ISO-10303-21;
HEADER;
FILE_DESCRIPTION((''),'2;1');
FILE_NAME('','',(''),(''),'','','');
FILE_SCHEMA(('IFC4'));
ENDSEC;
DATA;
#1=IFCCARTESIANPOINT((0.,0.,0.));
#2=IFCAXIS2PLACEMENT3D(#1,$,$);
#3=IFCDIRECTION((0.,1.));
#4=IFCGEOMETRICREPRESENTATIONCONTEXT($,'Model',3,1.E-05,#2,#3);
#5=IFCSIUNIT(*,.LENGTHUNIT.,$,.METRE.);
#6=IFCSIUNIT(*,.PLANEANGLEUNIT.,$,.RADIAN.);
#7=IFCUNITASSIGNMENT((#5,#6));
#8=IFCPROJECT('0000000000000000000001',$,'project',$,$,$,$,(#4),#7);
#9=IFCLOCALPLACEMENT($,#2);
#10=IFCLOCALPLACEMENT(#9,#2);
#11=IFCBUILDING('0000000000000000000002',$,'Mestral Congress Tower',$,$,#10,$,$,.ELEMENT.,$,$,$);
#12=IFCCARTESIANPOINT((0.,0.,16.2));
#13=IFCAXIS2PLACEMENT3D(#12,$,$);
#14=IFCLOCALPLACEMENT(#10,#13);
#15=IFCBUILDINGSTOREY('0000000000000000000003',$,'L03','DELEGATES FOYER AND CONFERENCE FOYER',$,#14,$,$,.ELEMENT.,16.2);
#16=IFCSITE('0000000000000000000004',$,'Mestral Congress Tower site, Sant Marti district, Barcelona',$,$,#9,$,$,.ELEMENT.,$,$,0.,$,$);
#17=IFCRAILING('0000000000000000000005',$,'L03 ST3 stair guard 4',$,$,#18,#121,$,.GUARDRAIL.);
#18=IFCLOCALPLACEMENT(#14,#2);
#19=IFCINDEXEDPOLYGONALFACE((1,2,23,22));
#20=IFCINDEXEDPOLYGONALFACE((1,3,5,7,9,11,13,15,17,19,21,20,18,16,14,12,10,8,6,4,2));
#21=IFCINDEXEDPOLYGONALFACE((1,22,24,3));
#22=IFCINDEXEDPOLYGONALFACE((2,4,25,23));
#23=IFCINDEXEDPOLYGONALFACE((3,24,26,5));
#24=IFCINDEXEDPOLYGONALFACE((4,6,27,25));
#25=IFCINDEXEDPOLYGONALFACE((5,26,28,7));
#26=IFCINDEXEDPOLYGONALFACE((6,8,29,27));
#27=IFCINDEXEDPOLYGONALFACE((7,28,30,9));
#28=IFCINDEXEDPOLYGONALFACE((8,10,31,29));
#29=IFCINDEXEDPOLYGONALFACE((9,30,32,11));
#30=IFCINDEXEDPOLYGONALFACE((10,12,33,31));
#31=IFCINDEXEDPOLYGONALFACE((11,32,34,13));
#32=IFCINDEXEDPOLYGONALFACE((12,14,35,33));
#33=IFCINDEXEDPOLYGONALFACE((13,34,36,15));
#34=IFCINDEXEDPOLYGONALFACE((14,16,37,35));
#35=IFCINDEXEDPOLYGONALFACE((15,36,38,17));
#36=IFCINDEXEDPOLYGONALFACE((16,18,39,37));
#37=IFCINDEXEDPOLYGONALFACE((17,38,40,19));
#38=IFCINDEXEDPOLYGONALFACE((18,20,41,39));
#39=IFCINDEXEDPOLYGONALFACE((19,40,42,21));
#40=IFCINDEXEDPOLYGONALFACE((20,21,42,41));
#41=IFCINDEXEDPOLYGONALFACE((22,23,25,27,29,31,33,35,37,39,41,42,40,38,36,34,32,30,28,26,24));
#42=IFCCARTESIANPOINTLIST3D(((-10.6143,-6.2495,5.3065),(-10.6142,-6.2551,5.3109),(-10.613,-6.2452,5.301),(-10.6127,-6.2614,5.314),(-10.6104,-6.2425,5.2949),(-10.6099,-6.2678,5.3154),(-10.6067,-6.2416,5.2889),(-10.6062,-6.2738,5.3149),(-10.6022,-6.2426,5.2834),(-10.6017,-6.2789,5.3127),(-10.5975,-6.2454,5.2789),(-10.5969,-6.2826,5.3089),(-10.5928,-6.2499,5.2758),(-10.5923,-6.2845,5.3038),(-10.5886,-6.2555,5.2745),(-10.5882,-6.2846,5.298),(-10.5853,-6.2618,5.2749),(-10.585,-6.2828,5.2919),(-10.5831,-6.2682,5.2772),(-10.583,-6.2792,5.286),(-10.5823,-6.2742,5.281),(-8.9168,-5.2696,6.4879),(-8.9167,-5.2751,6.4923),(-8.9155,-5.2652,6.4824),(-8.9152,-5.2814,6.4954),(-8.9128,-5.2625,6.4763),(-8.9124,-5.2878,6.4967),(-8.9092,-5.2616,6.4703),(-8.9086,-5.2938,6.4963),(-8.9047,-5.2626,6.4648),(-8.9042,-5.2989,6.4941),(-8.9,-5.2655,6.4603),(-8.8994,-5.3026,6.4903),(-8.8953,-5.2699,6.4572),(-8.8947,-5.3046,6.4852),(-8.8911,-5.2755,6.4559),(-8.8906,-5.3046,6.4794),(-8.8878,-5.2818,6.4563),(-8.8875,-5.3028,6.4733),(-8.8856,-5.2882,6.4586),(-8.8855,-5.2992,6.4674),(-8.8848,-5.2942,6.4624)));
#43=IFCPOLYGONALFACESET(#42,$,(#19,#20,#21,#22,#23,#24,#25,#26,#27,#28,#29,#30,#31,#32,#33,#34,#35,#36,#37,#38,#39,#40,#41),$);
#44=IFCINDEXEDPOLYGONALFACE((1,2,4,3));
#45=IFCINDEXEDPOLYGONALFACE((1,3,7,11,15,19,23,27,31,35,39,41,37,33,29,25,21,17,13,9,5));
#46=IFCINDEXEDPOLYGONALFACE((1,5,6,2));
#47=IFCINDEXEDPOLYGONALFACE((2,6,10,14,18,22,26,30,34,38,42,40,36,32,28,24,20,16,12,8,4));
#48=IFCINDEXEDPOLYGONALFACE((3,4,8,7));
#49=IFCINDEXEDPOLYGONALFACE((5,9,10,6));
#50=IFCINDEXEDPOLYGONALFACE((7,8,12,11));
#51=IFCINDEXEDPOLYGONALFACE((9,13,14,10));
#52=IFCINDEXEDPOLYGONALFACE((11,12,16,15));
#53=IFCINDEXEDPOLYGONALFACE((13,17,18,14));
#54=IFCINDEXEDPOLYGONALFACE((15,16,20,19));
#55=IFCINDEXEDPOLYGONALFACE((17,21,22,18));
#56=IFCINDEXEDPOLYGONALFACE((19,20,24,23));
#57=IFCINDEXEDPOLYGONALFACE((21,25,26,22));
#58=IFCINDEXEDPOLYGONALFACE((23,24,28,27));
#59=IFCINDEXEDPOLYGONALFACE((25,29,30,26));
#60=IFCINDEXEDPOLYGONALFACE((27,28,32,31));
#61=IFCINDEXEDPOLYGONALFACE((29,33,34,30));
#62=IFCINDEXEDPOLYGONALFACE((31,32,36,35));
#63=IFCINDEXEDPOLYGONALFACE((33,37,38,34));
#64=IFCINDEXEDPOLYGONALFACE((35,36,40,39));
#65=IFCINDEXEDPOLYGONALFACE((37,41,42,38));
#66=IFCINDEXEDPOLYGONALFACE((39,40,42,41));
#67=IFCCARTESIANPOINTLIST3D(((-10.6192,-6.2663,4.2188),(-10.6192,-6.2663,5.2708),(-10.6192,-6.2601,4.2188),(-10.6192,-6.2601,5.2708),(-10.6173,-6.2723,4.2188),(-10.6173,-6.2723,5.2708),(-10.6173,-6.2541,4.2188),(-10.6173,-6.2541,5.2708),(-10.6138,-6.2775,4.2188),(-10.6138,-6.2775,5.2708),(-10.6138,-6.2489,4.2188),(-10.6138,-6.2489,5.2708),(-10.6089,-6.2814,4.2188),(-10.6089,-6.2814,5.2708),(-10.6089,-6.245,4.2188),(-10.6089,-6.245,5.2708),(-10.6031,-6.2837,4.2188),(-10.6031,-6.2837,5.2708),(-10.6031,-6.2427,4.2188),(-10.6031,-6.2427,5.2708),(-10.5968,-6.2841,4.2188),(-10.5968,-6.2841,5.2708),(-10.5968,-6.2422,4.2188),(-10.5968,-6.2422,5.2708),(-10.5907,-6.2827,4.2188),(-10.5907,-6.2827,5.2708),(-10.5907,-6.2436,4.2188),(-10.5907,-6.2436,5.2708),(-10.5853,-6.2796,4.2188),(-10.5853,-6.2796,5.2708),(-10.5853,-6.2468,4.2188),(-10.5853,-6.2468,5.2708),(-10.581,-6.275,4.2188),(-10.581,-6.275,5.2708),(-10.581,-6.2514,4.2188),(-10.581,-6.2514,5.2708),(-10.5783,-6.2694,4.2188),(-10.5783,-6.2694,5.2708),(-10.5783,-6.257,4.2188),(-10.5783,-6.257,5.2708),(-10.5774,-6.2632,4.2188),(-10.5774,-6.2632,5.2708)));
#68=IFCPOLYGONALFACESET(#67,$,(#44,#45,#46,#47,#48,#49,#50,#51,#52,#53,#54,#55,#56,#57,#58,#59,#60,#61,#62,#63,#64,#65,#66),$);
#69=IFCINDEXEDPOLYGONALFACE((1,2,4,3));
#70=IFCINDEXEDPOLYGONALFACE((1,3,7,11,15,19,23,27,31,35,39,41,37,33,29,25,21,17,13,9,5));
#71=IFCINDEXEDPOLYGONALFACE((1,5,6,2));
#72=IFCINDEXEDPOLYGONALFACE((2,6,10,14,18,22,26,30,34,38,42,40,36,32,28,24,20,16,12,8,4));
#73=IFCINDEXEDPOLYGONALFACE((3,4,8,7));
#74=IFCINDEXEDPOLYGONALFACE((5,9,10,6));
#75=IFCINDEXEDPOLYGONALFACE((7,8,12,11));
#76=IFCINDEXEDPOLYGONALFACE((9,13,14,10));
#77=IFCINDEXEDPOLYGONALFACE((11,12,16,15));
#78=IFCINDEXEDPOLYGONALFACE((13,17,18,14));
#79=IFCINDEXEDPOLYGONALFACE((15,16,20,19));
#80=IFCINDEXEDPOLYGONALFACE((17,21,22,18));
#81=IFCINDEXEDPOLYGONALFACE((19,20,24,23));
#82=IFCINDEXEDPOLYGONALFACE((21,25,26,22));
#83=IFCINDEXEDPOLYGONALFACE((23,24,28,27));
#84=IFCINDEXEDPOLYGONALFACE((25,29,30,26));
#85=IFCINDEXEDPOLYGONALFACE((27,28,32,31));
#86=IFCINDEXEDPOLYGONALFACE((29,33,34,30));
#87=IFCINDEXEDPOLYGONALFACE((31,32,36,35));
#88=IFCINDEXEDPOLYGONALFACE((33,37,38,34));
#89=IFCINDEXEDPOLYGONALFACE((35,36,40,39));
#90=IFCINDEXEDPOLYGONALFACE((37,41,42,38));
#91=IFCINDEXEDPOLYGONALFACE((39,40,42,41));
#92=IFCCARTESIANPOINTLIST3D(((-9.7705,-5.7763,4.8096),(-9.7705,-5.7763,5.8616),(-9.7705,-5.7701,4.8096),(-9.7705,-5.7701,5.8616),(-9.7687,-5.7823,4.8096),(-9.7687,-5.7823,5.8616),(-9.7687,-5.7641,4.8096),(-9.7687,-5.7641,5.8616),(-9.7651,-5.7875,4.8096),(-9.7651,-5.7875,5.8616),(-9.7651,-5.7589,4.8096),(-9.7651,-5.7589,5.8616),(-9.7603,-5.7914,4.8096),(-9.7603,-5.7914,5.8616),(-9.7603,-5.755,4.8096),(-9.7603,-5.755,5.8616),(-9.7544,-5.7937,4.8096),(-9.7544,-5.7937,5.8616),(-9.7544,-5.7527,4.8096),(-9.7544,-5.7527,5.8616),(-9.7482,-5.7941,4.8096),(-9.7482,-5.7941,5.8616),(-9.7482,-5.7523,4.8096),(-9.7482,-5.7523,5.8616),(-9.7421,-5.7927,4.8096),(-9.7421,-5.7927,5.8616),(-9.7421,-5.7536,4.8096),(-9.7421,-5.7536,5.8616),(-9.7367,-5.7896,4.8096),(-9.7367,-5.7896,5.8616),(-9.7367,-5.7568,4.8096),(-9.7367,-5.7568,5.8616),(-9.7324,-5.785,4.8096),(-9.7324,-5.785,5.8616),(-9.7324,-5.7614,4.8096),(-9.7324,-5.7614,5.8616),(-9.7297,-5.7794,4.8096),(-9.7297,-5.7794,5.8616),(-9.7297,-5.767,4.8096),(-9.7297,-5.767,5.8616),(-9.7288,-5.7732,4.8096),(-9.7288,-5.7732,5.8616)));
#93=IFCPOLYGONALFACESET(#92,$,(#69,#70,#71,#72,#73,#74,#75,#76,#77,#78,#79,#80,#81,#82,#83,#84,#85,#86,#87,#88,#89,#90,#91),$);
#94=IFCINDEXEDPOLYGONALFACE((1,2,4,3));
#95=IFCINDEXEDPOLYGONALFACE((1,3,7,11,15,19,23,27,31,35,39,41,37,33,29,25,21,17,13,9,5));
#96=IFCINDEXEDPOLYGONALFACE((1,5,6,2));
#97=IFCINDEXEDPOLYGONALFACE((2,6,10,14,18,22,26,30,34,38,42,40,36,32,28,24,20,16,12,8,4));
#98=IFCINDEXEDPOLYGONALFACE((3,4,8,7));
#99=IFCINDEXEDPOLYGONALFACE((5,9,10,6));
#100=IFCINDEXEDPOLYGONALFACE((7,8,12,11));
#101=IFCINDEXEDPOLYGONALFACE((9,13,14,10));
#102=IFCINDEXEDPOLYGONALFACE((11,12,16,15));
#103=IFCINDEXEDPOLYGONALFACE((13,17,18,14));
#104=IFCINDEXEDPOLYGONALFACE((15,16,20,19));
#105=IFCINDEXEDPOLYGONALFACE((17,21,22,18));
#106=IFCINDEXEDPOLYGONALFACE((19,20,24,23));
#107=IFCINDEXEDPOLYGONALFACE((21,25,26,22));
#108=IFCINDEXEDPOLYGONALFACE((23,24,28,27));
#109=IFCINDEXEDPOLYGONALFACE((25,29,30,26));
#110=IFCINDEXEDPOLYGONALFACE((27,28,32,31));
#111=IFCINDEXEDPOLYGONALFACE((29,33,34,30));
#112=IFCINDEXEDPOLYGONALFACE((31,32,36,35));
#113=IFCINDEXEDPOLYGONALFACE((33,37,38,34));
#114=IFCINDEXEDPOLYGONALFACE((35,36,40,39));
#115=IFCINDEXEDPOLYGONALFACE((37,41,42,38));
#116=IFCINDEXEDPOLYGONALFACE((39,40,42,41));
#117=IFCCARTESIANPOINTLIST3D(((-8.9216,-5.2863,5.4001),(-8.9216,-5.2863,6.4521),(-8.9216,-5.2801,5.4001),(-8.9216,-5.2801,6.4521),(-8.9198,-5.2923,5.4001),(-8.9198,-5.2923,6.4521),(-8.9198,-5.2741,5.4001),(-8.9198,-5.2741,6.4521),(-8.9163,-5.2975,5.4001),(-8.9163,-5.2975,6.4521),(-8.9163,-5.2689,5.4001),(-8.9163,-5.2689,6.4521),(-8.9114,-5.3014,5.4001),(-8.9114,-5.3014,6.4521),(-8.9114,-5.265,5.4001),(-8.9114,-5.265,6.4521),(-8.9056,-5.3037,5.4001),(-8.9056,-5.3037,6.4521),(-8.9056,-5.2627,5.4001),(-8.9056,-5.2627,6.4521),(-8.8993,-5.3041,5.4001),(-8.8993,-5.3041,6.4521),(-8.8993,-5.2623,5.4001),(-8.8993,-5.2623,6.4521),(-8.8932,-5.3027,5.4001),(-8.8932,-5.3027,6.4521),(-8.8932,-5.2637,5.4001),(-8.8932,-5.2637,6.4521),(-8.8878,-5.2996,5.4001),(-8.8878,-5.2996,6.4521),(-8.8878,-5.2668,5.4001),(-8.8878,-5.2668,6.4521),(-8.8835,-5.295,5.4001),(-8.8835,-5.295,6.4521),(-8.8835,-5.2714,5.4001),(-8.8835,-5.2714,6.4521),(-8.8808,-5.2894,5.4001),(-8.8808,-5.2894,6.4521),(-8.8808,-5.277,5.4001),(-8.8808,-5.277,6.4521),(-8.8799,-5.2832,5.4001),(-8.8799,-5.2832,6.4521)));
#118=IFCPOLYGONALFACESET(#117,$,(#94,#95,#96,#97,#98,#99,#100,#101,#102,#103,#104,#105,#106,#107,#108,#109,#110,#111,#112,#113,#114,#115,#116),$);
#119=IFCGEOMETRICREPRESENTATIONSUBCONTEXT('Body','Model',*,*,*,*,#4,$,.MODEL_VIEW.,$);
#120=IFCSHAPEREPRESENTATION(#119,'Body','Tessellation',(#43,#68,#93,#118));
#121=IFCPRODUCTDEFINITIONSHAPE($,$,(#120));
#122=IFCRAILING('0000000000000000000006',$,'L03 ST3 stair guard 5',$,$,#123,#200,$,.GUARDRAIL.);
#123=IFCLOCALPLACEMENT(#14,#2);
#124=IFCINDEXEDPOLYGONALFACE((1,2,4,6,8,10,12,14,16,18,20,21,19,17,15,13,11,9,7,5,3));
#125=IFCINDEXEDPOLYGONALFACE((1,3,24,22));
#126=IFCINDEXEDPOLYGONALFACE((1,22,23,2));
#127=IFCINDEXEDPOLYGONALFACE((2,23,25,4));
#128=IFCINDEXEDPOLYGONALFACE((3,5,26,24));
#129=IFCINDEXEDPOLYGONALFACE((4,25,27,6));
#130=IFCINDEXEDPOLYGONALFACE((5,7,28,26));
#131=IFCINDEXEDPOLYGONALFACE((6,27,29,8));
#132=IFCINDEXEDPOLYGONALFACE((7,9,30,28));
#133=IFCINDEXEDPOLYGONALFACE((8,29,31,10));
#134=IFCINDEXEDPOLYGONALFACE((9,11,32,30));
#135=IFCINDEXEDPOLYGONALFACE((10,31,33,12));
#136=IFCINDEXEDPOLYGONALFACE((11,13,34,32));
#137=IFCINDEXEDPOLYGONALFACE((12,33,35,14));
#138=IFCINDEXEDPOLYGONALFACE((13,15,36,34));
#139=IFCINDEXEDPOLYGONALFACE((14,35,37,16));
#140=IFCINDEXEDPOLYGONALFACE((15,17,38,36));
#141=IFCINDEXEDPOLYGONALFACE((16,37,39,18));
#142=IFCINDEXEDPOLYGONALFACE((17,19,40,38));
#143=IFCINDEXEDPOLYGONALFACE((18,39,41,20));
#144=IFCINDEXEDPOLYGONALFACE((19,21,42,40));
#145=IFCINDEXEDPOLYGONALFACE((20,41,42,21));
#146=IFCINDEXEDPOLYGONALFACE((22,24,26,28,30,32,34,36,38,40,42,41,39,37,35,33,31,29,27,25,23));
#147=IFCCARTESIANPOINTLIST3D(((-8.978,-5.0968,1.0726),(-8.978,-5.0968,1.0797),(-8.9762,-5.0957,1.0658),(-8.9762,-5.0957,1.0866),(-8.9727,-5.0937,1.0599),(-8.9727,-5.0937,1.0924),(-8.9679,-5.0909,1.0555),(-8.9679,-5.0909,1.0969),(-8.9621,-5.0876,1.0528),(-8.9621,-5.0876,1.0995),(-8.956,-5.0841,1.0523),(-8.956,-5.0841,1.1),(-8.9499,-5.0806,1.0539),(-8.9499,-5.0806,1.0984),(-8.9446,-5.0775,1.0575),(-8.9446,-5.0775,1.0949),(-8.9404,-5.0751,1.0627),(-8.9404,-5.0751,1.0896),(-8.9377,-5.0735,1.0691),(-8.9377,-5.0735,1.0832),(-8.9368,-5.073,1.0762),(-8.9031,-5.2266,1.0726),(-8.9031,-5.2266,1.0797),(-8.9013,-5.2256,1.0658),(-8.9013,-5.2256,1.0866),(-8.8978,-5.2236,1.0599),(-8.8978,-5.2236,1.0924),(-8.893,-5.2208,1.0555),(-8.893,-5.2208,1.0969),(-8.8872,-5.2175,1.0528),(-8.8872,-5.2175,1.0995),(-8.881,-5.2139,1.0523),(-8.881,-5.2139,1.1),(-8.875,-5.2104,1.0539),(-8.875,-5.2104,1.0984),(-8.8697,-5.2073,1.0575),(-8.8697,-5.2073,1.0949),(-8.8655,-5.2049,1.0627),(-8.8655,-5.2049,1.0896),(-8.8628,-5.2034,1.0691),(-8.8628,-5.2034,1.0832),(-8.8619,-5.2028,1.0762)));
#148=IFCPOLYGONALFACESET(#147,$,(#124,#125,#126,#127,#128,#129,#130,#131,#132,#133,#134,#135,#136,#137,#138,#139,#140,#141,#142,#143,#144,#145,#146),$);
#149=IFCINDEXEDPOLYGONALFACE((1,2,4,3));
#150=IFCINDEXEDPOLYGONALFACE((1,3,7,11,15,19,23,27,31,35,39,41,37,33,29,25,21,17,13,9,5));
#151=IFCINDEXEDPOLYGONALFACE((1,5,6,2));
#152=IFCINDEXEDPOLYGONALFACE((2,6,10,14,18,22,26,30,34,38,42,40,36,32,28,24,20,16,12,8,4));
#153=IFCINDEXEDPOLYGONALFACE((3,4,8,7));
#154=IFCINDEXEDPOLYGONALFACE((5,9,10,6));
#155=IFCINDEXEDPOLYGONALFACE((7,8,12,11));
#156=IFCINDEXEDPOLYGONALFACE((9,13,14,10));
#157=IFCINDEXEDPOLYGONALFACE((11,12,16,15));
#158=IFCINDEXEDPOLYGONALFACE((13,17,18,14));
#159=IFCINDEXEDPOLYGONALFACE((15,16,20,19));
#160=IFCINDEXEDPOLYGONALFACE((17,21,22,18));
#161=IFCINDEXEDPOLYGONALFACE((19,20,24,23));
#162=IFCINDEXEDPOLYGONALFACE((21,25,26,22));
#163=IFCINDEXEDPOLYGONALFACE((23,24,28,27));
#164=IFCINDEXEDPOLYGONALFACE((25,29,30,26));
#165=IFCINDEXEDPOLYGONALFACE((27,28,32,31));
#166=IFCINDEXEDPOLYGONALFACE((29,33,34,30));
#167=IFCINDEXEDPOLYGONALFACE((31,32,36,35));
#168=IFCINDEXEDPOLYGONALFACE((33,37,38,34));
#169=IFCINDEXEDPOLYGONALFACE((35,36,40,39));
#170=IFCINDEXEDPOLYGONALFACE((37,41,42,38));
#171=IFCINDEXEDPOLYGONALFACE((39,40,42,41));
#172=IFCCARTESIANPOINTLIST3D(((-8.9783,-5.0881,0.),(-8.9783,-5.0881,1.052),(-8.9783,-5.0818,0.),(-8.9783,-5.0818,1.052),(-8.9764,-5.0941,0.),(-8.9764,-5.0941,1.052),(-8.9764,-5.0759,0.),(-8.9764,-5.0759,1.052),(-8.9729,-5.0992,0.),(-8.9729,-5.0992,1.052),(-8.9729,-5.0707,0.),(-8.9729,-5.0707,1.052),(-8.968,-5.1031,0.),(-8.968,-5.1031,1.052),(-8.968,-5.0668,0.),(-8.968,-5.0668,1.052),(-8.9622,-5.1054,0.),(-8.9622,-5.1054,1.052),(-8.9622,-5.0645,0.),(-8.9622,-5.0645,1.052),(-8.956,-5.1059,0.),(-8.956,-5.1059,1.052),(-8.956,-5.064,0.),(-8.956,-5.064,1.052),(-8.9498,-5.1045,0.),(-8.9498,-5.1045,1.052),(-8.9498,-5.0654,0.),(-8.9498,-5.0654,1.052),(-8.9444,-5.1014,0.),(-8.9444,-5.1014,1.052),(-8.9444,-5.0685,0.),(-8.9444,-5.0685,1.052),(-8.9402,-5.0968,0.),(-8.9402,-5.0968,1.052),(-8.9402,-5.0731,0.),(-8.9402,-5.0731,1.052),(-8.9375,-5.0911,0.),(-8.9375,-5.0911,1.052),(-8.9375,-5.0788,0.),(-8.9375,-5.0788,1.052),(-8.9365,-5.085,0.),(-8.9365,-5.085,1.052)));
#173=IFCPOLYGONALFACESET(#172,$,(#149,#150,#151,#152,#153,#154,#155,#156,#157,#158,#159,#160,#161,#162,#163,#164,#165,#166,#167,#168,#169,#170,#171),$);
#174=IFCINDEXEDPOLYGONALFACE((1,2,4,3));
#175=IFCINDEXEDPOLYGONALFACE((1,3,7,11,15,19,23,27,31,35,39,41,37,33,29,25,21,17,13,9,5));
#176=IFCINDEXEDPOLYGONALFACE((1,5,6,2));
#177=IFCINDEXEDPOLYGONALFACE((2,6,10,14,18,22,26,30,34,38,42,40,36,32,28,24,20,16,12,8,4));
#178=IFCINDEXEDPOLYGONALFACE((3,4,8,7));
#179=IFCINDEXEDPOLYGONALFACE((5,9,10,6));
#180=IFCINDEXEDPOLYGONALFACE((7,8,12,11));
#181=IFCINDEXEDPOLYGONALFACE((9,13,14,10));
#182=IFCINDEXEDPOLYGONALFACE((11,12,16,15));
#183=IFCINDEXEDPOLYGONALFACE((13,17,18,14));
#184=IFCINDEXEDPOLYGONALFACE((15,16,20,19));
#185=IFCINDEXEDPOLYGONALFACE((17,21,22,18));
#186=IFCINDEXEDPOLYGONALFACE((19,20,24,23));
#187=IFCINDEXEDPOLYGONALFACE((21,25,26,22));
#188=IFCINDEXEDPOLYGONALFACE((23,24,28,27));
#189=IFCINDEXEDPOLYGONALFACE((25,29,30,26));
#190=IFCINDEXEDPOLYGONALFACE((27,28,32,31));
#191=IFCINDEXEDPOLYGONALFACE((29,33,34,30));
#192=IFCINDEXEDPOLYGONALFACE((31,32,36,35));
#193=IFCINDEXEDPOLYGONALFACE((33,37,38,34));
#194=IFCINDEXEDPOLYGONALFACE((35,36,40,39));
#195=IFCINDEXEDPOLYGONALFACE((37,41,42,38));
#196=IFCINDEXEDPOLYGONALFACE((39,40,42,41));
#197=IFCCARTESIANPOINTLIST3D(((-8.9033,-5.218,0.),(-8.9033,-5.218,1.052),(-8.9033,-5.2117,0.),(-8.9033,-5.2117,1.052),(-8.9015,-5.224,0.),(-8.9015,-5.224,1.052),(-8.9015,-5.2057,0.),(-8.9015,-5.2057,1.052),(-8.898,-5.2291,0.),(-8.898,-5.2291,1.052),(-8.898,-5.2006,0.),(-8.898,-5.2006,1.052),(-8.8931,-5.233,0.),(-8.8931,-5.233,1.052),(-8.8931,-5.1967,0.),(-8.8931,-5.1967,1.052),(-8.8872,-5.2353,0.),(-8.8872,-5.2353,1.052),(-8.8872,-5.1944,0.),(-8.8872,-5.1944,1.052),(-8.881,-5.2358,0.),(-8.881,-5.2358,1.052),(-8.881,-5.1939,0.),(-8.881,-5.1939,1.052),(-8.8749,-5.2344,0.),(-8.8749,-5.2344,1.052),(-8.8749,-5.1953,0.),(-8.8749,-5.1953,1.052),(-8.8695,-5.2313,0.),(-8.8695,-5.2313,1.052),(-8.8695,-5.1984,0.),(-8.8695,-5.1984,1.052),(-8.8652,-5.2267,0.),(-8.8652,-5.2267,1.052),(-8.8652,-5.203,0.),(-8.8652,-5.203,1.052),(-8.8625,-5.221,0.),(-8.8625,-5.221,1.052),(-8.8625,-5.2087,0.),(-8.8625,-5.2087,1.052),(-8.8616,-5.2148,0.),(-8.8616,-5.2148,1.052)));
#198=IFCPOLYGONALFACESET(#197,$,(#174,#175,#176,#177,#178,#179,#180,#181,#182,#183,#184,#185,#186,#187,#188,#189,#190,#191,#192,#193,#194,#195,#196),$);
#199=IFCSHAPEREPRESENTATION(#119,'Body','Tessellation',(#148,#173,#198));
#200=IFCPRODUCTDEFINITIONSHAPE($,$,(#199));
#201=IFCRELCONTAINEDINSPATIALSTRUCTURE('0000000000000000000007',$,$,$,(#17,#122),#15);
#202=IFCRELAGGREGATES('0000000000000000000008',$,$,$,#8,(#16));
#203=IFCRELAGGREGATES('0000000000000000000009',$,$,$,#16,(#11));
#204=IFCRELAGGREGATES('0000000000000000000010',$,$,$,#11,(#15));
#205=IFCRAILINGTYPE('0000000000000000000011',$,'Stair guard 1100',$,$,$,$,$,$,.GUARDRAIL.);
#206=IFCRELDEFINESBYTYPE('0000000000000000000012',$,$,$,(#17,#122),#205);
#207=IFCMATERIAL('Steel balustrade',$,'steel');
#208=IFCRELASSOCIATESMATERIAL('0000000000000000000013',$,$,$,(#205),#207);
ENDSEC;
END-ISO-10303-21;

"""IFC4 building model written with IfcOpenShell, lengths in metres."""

from ifc_helpers import new_model, si_unit, direction, frame, origin, origin_2d, place, context, subcontext, project, spatial, circle, extrude, material, type_object, element, save


model = new_model("IFC4")

# Units and contexts
model_context = context("Model", 3, precision=1e-05, world=origin(), true_north=direction((0.0, 1.0)))
body_context = subcontext(model_context, "Body", "Model", "MODEL_VIEW")
ifc_project = project(units=[si_unit("LENGTHUNIT", "METRE"), si_unit("PLANEANGLEUNIT", "RADIAN")], contexts=[model_context])

# Site, building, storey
site_placement = place(None, origin())
site = spatial("IfcSite", under=ifc_project, at=site_placement, Name="Mestral Congress Tower site, Sant Marti district, Barcelona", CompositionType="ELEMENT", RefElevation=0.0)
building_placement = place(site_placement, origin())
building = spatial("IfcBuilding", under=site, at=building_placement, Name="Mestral Congress Tower", CompositionType="ELEMENT")
storey_placement = place(building_placement, frame((0.0, 0.0, 16.2)))
storey = spatial("IfcBuildingStorey", under=building, at=storey_placement, Name="L03", Description="DELEGATES FOYER AND CONFERENCE FOYER", CompositionType="ELEMENT", Elevation=16.2)

# Railings
ifc_material_1 = material(Name="Steel balustrade", Category="steel")
railing_type_1 = type_object("IfcRailingType", Name="Stair guard 1100", PredefinedType="GUARDRAIL", material=ifc_material_1)
railing_1_placement = place(storey_placement, frame((-10.5984, -6.2632, 4.2188)))
element("IfcRailing", 1, at=railing_1_placement, inside=storey, type_object=railing_type_1, Name="L03 ST3 stair guard 4", PredefinedType="GUARDRAIL", context=body_context, shape_type="SweptSolid", body=[
    extrude(circle(Radius=0.0239, at=origin_2d()), frame((0.0, 0.0, 1.0762), z_axis=(0.741731, 0.428205, 0.516214), x_axis=(-0.49997, 0.866042, 0.0)), (0.0, 0.0, 1.0), 2.2886),
    extrude(circle(Radius=0.021, at=origin_2d()), origin(), (0.0, 0.0, 1.0), 1.052),
    extrude(circle(Radius=0.021, at=origin_2d()), frame((0.8486, 0.49, 0.5908)), (0.0, 0.0, 1.0), 1.052),
    extrude(circle(Radius=0.021, at=origin_2d()), frame((1.6975, 0.98, 1.1814)), (0.0, 0.0, 1.0), 1.052),
])
railing_2_placement = place(storey_placement, frame((-8.9575, -5.085, 0.0)))
element("IfcRailing", 2, at=railing_2_placement, inside=storey, type_object=railing_type_1, Name="L03 ST3 stair guard 5", PredefinedType="GUARDRAIL", context=body_context, shape_type="SweptSolid", body=[
    extrude(circle(Radius=0.0239, at=origin_2d()), frame((0.0, 0.0, 1.0762), z_axis=(0.499816, -0.866131, 0.0), x_axis=(0.866131, 0.499816, 0.0)), (0.0, 0.0, 1.0), 0.1499),
    extrude(circle(Radius=0.021, at=origin_2d()), origin(), (0.0, 0.0, 1.0), 1.052),
    extrude(circle(Radius=0.021, at=origin_2d()), frame((0.075, -0.1299, 0.0)), (0.0, 0.0, 1.0), 1.052),
])

save(model, "model.ifc")
